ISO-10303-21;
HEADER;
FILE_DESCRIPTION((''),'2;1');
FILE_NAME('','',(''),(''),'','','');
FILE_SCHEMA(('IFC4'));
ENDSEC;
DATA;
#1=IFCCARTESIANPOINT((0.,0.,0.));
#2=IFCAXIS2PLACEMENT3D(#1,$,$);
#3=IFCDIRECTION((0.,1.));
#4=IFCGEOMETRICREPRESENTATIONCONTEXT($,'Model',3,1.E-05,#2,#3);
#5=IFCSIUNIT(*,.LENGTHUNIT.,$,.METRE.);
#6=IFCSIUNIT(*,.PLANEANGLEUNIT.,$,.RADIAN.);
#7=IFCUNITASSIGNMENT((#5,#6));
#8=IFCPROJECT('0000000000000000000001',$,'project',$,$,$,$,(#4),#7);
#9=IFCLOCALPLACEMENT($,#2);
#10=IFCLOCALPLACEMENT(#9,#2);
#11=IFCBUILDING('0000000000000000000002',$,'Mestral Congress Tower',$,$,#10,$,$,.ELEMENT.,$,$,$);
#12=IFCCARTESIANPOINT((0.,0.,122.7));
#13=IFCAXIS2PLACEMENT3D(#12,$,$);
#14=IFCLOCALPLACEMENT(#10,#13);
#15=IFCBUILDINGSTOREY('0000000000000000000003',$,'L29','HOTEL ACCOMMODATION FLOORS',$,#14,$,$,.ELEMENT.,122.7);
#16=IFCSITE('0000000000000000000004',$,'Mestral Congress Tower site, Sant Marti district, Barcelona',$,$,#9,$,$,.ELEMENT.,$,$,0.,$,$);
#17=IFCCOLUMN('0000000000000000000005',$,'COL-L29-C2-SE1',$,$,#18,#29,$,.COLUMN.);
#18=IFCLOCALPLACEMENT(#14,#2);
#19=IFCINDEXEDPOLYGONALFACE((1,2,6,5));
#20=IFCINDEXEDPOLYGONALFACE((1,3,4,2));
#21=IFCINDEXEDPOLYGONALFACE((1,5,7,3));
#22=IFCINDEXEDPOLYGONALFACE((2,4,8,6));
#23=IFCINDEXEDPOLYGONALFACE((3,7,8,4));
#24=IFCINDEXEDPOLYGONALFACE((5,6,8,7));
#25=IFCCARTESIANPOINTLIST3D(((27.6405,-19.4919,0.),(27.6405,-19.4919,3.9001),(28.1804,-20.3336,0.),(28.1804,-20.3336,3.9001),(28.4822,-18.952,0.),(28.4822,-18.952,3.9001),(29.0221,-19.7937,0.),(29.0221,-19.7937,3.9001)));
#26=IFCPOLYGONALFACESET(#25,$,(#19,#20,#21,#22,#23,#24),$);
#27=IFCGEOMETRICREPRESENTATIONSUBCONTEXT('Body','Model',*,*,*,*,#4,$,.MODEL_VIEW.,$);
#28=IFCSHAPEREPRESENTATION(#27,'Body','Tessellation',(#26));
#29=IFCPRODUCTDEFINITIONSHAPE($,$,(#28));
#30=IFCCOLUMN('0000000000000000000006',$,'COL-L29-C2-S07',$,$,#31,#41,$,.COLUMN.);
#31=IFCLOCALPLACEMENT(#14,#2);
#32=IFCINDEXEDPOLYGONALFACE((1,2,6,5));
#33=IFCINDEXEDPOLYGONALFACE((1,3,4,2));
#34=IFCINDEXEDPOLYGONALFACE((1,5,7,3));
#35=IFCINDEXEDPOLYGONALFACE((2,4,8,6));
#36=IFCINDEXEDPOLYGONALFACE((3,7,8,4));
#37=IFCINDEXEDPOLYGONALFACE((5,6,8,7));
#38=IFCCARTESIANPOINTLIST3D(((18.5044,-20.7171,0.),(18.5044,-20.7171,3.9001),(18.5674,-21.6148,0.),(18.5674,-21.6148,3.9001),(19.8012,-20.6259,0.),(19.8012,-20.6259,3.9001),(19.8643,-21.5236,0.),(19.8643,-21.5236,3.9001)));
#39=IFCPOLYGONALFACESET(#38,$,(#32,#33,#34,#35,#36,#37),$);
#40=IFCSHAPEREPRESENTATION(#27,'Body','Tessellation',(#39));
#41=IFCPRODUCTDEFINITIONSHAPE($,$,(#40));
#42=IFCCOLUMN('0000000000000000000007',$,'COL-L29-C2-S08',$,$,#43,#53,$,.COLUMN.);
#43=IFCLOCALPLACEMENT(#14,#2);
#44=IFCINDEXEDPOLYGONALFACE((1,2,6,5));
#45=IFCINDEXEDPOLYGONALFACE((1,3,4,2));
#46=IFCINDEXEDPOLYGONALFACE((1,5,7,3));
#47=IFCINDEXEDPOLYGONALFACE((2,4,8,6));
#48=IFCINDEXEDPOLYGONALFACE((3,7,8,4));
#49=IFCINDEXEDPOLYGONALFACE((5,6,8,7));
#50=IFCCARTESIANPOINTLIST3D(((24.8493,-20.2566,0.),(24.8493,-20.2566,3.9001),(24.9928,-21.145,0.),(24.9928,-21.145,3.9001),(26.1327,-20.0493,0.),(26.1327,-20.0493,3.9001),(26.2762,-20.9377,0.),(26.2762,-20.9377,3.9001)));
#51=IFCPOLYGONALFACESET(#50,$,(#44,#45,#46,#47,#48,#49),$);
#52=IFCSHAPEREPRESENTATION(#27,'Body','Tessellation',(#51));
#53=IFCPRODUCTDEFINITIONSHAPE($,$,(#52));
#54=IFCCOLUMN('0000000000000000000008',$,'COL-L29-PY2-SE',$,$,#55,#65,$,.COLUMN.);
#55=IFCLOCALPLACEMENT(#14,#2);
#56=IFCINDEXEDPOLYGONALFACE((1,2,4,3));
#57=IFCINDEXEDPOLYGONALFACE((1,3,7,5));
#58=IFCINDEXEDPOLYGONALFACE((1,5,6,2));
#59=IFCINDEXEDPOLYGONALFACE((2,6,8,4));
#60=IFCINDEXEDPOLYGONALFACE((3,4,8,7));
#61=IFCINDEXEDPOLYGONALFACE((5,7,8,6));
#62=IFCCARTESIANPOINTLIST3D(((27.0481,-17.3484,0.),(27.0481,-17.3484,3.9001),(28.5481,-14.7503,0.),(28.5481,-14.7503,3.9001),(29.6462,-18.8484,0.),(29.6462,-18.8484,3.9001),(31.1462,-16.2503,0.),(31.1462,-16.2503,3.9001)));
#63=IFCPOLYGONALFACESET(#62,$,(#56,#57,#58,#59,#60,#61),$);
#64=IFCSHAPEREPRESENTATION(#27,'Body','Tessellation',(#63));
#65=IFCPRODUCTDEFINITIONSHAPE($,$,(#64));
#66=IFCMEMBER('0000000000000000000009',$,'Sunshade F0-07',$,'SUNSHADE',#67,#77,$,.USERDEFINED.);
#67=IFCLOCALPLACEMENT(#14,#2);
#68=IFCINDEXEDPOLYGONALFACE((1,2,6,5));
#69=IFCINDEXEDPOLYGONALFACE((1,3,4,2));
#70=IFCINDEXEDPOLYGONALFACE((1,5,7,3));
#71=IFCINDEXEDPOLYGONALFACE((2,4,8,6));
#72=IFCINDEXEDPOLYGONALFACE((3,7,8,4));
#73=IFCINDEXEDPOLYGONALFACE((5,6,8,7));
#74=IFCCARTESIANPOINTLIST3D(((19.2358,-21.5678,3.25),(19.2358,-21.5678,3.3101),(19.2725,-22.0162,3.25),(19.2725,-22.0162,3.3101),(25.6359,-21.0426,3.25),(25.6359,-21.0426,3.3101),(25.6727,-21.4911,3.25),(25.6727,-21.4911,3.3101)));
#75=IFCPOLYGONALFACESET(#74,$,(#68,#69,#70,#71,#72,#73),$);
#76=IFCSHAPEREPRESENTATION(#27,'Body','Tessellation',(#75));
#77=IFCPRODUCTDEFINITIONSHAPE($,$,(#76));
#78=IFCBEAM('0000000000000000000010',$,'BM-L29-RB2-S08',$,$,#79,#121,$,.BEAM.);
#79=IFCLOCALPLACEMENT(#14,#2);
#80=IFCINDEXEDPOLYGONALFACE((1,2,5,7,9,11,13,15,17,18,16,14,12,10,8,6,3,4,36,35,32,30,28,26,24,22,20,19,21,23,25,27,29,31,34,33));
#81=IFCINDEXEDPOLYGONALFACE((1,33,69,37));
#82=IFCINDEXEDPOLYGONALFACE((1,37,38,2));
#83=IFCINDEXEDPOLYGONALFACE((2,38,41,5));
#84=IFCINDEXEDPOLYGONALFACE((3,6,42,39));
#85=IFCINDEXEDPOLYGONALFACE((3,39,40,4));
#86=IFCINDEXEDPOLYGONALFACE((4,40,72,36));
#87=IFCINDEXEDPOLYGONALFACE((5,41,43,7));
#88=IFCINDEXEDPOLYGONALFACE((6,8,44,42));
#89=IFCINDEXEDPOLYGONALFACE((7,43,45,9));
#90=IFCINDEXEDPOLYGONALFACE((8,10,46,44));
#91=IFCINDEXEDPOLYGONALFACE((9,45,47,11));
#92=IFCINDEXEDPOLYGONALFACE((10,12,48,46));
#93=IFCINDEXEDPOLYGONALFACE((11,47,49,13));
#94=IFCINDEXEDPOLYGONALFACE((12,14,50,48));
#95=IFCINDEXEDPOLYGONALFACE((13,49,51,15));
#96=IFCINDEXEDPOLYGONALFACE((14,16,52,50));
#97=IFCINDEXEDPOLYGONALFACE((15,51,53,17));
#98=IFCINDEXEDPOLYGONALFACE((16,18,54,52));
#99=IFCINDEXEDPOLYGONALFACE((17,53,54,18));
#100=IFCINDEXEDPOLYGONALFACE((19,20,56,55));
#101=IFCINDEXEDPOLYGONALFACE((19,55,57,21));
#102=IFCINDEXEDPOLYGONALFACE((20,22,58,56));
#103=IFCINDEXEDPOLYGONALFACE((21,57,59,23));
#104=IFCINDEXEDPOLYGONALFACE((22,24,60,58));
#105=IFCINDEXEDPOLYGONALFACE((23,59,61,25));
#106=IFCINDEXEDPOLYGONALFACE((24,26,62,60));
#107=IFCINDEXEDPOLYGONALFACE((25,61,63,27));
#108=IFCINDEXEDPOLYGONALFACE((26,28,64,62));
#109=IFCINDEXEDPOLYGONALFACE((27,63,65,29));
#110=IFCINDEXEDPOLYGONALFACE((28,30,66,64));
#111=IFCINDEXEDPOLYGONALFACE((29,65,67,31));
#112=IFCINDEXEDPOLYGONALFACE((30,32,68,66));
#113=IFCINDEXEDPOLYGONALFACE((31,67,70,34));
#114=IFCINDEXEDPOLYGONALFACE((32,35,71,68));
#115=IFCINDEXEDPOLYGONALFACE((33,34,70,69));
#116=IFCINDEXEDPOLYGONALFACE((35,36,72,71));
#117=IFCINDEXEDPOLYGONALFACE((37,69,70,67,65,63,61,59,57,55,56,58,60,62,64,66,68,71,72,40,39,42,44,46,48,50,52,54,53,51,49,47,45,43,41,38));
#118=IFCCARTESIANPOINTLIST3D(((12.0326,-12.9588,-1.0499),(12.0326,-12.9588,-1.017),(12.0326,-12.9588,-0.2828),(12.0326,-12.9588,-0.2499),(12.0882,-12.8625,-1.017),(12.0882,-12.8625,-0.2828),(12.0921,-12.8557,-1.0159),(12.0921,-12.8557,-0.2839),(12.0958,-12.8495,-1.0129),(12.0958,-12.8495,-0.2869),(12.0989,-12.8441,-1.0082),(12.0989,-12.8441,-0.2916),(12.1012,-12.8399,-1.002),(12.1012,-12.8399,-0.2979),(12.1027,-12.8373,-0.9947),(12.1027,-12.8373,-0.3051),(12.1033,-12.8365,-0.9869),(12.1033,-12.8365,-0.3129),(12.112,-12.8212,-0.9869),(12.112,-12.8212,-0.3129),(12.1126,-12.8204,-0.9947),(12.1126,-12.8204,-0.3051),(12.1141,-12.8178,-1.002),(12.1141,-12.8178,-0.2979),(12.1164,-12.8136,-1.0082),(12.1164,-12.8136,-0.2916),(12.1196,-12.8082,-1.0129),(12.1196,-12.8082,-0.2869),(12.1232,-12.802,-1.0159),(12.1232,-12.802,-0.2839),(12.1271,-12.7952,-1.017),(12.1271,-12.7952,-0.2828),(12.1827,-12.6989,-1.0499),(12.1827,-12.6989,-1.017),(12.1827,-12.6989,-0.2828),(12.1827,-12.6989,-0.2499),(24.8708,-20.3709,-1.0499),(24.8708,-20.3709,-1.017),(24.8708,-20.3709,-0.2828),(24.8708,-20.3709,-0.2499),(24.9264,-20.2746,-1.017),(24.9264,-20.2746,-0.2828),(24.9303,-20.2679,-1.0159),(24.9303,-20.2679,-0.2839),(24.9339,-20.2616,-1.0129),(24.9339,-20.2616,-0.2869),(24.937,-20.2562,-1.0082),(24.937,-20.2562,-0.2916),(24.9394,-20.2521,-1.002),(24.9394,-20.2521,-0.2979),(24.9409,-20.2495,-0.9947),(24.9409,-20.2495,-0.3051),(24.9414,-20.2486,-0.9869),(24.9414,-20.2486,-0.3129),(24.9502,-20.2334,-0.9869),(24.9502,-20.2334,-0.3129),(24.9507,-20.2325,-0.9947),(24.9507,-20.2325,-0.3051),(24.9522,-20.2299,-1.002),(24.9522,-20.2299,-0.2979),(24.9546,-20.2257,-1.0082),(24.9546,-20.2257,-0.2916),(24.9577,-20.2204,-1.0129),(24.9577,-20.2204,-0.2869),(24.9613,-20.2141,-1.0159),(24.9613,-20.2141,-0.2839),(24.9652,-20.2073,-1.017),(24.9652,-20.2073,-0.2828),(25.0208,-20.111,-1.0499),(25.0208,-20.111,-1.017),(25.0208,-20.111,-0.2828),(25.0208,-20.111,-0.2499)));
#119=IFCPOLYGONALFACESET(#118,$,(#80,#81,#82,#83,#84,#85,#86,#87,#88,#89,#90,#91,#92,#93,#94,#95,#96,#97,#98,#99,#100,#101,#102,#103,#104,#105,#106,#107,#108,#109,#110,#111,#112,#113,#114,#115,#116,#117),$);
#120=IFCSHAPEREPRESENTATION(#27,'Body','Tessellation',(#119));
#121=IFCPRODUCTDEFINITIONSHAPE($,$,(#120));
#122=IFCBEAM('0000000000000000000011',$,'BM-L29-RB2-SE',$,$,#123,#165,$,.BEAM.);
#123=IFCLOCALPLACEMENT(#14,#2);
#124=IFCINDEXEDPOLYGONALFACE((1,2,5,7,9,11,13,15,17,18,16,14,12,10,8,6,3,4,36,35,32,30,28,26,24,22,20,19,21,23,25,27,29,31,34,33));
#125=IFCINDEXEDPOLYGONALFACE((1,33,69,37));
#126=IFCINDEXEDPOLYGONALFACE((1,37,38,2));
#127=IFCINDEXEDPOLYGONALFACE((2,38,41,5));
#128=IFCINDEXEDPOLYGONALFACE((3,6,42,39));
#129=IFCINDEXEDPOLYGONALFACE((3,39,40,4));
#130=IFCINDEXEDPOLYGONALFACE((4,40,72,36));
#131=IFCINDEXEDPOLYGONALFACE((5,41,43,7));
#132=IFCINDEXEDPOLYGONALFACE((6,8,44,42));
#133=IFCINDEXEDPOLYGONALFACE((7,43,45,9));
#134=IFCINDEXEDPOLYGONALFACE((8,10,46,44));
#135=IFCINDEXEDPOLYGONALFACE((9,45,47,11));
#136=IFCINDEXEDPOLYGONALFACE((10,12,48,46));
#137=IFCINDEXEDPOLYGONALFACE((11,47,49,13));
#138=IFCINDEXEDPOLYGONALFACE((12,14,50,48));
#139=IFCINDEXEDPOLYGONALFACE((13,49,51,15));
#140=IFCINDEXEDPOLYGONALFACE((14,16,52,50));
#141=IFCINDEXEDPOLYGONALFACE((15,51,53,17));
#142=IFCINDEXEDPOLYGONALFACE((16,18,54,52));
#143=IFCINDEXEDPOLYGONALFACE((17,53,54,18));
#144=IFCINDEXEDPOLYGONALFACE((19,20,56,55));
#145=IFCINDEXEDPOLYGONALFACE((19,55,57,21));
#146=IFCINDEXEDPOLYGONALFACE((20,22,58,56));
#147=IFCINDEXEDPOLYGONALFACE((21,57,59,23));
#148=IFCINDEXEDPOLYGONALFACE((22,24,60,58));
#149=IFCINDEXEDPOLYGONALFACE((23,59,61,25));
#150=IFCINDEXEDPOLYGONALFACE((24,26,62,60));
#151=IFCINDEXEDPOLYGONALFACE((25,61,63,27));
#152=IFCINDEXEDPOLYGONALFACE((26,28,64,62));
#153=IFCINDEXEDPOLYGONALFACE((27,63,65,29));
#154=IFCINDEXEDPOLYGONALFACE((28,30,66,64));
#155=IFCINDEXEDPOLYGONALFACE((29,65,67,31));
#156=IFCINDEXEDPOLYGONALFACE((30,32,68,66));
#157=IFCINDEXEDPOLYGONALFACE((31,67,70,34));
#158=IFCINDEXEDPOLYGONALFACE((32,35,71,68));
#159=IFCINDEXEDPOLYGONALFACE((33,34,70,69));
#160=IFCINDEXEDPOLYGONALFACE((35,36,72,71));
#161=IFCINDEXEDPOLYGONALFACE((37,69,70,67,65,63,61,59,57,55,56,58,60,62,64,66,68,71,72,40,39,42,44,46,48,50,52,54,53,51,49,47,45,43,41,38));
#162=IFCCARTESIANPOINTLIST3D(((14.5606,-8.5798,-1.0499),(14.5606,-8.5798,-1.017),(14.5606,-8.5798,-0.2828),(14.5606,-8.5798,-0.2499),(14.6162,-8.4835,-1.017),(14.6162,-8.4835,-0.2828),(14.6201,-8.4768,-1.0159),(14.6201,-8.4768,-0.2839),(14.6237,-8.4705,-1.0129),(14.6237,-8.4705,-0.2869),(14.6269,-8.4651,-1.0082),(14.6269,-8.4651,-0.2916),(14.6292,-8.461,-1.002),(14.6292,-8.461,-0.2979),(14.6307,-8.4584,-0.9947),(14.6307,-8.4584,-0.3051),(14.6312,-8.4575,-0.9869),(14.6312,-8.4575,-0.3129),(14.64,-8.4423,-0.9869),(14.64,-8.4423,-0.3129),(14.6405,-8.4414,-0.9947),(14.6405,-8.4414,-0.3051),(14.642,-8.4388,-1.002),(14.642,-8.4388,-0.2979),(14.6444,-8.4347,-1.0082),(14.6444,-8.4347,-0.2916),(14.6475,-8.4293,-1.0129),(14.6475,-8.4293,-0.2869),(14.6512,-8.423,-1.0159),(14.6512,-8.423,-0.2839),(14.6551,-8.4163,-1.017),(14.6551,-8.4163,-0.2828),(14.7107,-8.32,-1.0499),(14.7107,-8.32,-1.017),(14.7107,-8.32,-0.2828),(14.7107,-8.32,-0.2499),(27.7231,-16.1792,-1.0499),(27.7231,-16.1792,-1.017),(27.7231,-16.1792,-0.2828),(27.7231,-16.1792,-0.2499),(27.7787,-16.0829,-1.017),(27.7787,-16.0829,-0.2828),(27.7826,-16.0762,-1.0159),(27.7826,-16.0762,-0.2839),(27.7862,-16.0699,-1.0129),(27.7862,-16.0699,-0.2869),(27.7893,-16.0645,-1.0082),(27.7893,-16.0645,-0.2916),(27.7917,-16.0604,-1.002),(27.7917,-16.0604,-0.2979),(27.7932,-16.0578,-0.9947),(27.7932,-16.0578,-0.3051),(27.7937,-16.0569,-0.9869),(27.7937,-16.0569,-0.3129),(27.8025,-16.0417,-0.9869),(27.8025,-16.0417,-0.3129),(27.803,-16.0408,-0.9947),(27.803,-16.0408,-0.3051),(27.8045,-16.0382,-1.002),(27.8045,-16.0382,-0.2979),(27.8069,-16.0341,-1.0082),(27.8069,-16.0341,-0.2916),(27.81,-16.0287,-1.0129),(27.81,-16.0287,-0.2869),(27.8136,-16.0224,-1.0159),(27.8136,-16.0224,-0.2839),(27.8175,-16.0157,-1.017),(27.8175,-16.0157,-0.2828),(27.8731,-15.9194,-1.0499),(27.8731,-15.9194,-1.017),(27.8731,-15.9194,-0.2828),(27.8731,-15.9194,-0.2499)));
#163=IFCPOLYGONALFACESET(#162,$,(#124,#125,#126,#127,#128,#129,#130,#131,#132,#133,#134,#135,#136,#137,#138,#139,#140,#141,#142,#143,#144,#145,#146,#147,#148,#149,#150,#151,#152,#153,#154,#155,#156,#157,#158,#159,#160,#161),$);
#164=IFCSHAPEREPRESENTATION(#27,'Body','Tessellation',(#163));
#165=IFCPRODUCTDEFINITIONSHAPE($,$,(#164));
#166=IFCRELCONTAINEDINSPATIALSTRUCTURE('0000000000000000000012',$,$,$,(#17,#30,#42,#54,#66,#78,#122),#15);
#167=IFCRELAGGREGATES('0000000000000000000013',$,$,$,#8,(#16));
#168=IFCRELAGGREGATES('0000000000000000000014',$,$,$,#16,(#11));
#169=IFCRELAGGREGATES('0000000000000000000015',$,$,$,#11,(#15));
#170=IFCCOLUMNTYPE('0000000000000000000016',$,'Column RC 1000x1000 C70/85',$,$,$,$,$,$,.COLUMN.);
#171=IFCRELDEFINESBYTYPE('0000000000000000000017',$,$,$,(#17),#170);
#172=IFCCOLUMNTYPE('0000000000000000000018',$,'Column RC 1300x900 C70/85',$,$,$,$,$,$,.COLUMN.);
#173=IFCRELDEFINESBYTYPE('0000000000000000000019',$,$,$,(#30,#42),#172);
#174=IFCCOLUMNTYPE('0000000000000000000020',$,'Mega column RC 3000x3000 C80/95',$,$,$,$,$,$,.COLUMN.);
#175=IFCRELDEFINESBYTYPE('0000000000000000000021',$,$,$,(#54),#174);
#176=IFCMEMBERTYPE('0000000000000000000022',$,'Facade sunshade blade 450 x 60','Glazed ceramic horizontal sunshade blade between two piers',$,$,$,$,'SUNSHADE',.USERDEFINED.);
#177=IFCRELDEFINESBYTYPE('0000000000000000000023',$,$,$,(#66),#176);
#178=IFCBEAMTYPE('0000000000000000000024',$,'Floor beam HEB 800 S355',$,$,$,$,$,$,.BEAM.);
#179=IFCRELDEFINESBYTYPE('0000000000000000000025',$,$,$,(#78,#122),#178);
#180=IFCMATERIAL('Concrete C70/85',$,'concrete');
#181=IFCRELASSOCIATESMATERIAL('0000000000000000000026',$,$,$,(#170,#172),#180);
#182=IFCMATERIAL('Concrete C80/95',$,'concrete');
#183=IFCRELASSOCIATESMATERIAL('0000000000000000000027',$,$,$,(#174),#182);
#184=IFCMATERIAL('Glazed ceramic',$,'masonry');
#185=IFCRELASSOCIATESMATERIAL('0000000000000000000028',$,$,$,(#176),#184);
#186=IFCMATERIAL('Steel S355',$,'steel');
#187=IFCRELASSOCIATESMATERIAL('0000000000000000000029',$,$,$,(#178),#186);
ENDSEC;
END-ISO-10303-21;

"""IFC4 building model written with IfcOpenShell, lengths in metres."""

from ifc_helpers import new_model, si_unit, direction, frame, origin, origin_2d, place, context, subcontext, project, spatial, rectangle, i_section, extrude, material, material_profile, profile_set, type_object, element, save


model = new_model("IFC4")

# Units and contexts
model_context = context("Model", 3, precision=1e-05, world=origin(), true_north=direction((0.0, 1.0)))
body_context = subcontext(model_context, "Body", "Model", "MODEL_VIEW")
ifc_project = project(units=[si_unit("LENGTHUNIT", "METRE"), si_unit("PLANEANGLEUNIT", "RADIAN")], contexts=[model_context])

# Site, building, storey
site_placement = place(None, origin())
site = spatial("IfcSite", under=ifc_project, at=site_placement, Name="Mestral Congress Tower site, Sant Marti district, Barcelona", CompositionType="ELEMENT", RefElevation=0.0)
building_placement = place(site_placement, origin())
building = spatial("IfcBuilding", under=site, at=building_placement, Name="Mestral Congress Tower", CompositionType="ELEMENT")
storey_placement = place(building_placement, frame((0.0, 0.0, 122.7)))
storey = spatial("IfcBuildingStorey", under=building, at=storey_placement, Name="L29", Description="HOTEL ACCOMMODATION FLOORS", CompositionType="ELEMENT", Elevation=122.7)

# Columns
ifc_material_1 = material(Name="Concrete C70/85", Category="concrete")
ifc_material_profile_1 = material_profile(ifc_material_1, rectangle(XDim=1.0, YDim=1.0, at=origin_2d()), Name="RC 1000x1000")
ifc_profile_set_1 = profile_set([ifc_material_profile_1], Name="Concrete C70/85")
column_type_1 = type_object("IfcColumnType", Name="Column RC 1000x1000 C70/85", PredefinedType="COLUMN", material=ifc_profile_set_1)
column_1_placement = place(storey_placement, frame((28.3313, -19.6428, 0.0), z_axis=(0.0, 0.0, 1.0), x_axis=(0.8417, 0.539945, 0.0)))
element("IfcColumn", 1, at=column_1_placement, inside=storey, type_object=column_type_1, Name="COL-L29-C2-SE1", PredefinedType="COLUMN", context=body_context, shape_type="SweptSolid", body=[
    extrude(rectangle(XDim=1.0, YDim=1.0, at=origin_2d()), origin(), (0.0, 0.0, 1.0), 3.9001),
])
ifc_material_profile_2 = material_profile(ifc_material_1, rectangle(XDim=1.3, YDim=0.8999, at=origin_2d()), Name="RC 1300x900")
ifc_profile_set_2 = profile_set([ifc_material_profile_2], Name="Concrete C70/85")
column_type_2 = type_object("IfcColumnType", Name="Column RC 1300x900 C70/85", PredefinedType="COLUMN", material=ifc_profile_set_2)
for number, where, z_axis, x_axis, name in (
    (2, (19.1843, -21.1204, 0.0), (0.0, 0.0, 1.0), (0.99754, 0.070101, 0.0), "COL-L29-C2-S07"),
    (3, (25.5627, -20.5972, 0.0), (0.0, 0.0, 1.0), (0.987202, 0.159473, 0.0), "COL-L29-C2-S08"),
):
    element("IfcColumn", number, at=place(storey_placement, frame(where, z_axis=z_axis, x_axis=x_axis)), inside=storey, type_object=column_type_2, Name=name, PredefinedType="COLUMN", context=body_context, shape_type="SweptSolid", body=[
        extrude(rectangle(XDim=1.3, YDim=0.8999, at=origin_2d()), origin(), (0.0, 0.0, 1.0), 3.9001),
    ])
ifc_material_2 = material(Name="Concrete C80/95", Category="concrete")
ifc_material_profile_3 = material_profile(ifc_material_2, rectangle(XDim=3.0, YDim=3.0, at=origin_2d()), Name="RC 3000x3000")
ifc_profile_set_3 = profile_set([ifc_material_profile_3], Name="Concrete C80/95")
column_type_3 = type_object("IfcColumnType", Name="Mega column RC 3000x3000 C80/95", PredefinedType="COLUMN", material=ifc_profile_set_3)
column_2_placement = place(storey_placement, frame((29.0972, -16.7993, 0.0), z_axis=(0.0, 0.0, 1.0), x_axis=(0.866025, -0.5, 0.0)))
element("IfcColumn", 4, at=column_2_placement, inside=storey, type_object=column_type_3, Name="COL-L29-PY2-SE", PredefinedType="COLUMN", context=body_context, shape_type="SweptSolid", body=[
    extrude(rectangle(XDim=3.0, YDim=3.0, at=origin_2d()), origin(), (0.0, 0.0, 1.0), 3.9001),
])

# Member
ifc_material_3 = material(Name="Glazed ceramic", Category="masonry")
ifc_material_profile_4 = material_profile(ifc_material_3, rectangle(XDim=0.45, YDim=0.0601, at=origin_2d()), Name="Ceramic blade 450 x 60")
ifc_profile_set_4 = profile_set([ifc_material_profile_4], Name="Glazed ceramic")
member_type = type_object("IfcMemberType", Name="Facade sunshade blade 450 x 60", Description="Glazed ceramic horizontal sunshade blade between two piers", ElementType="SUNSHADE", PredefinedType="USERDEFINED", material=ifc_profile_set_4)
member_placement = place(storey_placement, frame((19.2542, -21.792, 3.28), z_axis=(0.996651, 0.081777, 0.0), x_axis=(-0.081777, 0.996651, 0.0)))
element("IfcMember", 5, at=member_placement, inside=storey, type_object=member_type, Name="Sunshade F0-07", ObjectType="SUNSHADE", PredefinedType="USERDEFINED", context=body_context, shape_type="SweptSolid", body=[
    extrude(rectangle(XDim=0.45, YDim=0.0601, at=origin_2d()), origin(), (0.0, 0.0, 1.0), 6.4216),
])

# Beams
ifc_material_4 = material(Name="Steel S355", Category="steel")
ifc_material_profile_5 = material_profile(ifc_material_4, i_section(OverallWidth=0.3, OverallDepth=0.8, WebThickness=0.0176, FlangeThickness=0.033, FilletRadius=0.03, at=origin_2d()), Name="HEB 800")
ifc_profile_set_5 = profile_set([ifc_material_profile_5], Name="Steel S355")
beam_type_1 = type_object("IfcBeamType", Name="Floor beam HEB 800 S355", PredefinedType="BEAM", material=ifc_profile_set_5)
beam_1_placement = place(storey_placement, frame((24.9458, -20.241, -0.6499), z_axis=(-0.866025, 0.5, 0.0), x_axis=(-0.5, -0.866025, 0.0)))
element("IfcBeam", 6, at=beam_1_placement, inside=storey, type_object=beam_type_1, Name="BM-L29-RB2-S08", PredefinedType="BEAM", context=body_context, shape_type="SweptSolid", body=[
    extrude(i_section(OverallWidth=0.3, OverallDepth=0.8, WebThickness=0.0176, FlangeThickness=0.033, FilletRadius=0.03, at=origin_2d()), origin(), (0.0, 0.0, 1.0), 14.8242),
])
beam_2_placement = place(storey_placement, frame((27.7981, -16.0493, -0.6499), z_axis=(-0.866023, 0.500004, 0.0), x_axis=(-0.500004, -0.866023, 0.0)))
element("IfcBeam", 7, at=beam_2_placement, inside=storey, type_object=beam_type_1, Name="BM-L29-RB2-SE", PredefinedType="BEAM", context=body_context, shape_type="SweptSolid", body=[
    extrude(i_section(OverallWidth=0.3, OverallDepth=0.8, WebThickness=0.0176, FlangeThickness=0.033, FilletRadius=0.03, at=origin_2d()), origin(), (0.0, 0.0, 1.0), 15.1987),
])

save(model, "model.ifc")
